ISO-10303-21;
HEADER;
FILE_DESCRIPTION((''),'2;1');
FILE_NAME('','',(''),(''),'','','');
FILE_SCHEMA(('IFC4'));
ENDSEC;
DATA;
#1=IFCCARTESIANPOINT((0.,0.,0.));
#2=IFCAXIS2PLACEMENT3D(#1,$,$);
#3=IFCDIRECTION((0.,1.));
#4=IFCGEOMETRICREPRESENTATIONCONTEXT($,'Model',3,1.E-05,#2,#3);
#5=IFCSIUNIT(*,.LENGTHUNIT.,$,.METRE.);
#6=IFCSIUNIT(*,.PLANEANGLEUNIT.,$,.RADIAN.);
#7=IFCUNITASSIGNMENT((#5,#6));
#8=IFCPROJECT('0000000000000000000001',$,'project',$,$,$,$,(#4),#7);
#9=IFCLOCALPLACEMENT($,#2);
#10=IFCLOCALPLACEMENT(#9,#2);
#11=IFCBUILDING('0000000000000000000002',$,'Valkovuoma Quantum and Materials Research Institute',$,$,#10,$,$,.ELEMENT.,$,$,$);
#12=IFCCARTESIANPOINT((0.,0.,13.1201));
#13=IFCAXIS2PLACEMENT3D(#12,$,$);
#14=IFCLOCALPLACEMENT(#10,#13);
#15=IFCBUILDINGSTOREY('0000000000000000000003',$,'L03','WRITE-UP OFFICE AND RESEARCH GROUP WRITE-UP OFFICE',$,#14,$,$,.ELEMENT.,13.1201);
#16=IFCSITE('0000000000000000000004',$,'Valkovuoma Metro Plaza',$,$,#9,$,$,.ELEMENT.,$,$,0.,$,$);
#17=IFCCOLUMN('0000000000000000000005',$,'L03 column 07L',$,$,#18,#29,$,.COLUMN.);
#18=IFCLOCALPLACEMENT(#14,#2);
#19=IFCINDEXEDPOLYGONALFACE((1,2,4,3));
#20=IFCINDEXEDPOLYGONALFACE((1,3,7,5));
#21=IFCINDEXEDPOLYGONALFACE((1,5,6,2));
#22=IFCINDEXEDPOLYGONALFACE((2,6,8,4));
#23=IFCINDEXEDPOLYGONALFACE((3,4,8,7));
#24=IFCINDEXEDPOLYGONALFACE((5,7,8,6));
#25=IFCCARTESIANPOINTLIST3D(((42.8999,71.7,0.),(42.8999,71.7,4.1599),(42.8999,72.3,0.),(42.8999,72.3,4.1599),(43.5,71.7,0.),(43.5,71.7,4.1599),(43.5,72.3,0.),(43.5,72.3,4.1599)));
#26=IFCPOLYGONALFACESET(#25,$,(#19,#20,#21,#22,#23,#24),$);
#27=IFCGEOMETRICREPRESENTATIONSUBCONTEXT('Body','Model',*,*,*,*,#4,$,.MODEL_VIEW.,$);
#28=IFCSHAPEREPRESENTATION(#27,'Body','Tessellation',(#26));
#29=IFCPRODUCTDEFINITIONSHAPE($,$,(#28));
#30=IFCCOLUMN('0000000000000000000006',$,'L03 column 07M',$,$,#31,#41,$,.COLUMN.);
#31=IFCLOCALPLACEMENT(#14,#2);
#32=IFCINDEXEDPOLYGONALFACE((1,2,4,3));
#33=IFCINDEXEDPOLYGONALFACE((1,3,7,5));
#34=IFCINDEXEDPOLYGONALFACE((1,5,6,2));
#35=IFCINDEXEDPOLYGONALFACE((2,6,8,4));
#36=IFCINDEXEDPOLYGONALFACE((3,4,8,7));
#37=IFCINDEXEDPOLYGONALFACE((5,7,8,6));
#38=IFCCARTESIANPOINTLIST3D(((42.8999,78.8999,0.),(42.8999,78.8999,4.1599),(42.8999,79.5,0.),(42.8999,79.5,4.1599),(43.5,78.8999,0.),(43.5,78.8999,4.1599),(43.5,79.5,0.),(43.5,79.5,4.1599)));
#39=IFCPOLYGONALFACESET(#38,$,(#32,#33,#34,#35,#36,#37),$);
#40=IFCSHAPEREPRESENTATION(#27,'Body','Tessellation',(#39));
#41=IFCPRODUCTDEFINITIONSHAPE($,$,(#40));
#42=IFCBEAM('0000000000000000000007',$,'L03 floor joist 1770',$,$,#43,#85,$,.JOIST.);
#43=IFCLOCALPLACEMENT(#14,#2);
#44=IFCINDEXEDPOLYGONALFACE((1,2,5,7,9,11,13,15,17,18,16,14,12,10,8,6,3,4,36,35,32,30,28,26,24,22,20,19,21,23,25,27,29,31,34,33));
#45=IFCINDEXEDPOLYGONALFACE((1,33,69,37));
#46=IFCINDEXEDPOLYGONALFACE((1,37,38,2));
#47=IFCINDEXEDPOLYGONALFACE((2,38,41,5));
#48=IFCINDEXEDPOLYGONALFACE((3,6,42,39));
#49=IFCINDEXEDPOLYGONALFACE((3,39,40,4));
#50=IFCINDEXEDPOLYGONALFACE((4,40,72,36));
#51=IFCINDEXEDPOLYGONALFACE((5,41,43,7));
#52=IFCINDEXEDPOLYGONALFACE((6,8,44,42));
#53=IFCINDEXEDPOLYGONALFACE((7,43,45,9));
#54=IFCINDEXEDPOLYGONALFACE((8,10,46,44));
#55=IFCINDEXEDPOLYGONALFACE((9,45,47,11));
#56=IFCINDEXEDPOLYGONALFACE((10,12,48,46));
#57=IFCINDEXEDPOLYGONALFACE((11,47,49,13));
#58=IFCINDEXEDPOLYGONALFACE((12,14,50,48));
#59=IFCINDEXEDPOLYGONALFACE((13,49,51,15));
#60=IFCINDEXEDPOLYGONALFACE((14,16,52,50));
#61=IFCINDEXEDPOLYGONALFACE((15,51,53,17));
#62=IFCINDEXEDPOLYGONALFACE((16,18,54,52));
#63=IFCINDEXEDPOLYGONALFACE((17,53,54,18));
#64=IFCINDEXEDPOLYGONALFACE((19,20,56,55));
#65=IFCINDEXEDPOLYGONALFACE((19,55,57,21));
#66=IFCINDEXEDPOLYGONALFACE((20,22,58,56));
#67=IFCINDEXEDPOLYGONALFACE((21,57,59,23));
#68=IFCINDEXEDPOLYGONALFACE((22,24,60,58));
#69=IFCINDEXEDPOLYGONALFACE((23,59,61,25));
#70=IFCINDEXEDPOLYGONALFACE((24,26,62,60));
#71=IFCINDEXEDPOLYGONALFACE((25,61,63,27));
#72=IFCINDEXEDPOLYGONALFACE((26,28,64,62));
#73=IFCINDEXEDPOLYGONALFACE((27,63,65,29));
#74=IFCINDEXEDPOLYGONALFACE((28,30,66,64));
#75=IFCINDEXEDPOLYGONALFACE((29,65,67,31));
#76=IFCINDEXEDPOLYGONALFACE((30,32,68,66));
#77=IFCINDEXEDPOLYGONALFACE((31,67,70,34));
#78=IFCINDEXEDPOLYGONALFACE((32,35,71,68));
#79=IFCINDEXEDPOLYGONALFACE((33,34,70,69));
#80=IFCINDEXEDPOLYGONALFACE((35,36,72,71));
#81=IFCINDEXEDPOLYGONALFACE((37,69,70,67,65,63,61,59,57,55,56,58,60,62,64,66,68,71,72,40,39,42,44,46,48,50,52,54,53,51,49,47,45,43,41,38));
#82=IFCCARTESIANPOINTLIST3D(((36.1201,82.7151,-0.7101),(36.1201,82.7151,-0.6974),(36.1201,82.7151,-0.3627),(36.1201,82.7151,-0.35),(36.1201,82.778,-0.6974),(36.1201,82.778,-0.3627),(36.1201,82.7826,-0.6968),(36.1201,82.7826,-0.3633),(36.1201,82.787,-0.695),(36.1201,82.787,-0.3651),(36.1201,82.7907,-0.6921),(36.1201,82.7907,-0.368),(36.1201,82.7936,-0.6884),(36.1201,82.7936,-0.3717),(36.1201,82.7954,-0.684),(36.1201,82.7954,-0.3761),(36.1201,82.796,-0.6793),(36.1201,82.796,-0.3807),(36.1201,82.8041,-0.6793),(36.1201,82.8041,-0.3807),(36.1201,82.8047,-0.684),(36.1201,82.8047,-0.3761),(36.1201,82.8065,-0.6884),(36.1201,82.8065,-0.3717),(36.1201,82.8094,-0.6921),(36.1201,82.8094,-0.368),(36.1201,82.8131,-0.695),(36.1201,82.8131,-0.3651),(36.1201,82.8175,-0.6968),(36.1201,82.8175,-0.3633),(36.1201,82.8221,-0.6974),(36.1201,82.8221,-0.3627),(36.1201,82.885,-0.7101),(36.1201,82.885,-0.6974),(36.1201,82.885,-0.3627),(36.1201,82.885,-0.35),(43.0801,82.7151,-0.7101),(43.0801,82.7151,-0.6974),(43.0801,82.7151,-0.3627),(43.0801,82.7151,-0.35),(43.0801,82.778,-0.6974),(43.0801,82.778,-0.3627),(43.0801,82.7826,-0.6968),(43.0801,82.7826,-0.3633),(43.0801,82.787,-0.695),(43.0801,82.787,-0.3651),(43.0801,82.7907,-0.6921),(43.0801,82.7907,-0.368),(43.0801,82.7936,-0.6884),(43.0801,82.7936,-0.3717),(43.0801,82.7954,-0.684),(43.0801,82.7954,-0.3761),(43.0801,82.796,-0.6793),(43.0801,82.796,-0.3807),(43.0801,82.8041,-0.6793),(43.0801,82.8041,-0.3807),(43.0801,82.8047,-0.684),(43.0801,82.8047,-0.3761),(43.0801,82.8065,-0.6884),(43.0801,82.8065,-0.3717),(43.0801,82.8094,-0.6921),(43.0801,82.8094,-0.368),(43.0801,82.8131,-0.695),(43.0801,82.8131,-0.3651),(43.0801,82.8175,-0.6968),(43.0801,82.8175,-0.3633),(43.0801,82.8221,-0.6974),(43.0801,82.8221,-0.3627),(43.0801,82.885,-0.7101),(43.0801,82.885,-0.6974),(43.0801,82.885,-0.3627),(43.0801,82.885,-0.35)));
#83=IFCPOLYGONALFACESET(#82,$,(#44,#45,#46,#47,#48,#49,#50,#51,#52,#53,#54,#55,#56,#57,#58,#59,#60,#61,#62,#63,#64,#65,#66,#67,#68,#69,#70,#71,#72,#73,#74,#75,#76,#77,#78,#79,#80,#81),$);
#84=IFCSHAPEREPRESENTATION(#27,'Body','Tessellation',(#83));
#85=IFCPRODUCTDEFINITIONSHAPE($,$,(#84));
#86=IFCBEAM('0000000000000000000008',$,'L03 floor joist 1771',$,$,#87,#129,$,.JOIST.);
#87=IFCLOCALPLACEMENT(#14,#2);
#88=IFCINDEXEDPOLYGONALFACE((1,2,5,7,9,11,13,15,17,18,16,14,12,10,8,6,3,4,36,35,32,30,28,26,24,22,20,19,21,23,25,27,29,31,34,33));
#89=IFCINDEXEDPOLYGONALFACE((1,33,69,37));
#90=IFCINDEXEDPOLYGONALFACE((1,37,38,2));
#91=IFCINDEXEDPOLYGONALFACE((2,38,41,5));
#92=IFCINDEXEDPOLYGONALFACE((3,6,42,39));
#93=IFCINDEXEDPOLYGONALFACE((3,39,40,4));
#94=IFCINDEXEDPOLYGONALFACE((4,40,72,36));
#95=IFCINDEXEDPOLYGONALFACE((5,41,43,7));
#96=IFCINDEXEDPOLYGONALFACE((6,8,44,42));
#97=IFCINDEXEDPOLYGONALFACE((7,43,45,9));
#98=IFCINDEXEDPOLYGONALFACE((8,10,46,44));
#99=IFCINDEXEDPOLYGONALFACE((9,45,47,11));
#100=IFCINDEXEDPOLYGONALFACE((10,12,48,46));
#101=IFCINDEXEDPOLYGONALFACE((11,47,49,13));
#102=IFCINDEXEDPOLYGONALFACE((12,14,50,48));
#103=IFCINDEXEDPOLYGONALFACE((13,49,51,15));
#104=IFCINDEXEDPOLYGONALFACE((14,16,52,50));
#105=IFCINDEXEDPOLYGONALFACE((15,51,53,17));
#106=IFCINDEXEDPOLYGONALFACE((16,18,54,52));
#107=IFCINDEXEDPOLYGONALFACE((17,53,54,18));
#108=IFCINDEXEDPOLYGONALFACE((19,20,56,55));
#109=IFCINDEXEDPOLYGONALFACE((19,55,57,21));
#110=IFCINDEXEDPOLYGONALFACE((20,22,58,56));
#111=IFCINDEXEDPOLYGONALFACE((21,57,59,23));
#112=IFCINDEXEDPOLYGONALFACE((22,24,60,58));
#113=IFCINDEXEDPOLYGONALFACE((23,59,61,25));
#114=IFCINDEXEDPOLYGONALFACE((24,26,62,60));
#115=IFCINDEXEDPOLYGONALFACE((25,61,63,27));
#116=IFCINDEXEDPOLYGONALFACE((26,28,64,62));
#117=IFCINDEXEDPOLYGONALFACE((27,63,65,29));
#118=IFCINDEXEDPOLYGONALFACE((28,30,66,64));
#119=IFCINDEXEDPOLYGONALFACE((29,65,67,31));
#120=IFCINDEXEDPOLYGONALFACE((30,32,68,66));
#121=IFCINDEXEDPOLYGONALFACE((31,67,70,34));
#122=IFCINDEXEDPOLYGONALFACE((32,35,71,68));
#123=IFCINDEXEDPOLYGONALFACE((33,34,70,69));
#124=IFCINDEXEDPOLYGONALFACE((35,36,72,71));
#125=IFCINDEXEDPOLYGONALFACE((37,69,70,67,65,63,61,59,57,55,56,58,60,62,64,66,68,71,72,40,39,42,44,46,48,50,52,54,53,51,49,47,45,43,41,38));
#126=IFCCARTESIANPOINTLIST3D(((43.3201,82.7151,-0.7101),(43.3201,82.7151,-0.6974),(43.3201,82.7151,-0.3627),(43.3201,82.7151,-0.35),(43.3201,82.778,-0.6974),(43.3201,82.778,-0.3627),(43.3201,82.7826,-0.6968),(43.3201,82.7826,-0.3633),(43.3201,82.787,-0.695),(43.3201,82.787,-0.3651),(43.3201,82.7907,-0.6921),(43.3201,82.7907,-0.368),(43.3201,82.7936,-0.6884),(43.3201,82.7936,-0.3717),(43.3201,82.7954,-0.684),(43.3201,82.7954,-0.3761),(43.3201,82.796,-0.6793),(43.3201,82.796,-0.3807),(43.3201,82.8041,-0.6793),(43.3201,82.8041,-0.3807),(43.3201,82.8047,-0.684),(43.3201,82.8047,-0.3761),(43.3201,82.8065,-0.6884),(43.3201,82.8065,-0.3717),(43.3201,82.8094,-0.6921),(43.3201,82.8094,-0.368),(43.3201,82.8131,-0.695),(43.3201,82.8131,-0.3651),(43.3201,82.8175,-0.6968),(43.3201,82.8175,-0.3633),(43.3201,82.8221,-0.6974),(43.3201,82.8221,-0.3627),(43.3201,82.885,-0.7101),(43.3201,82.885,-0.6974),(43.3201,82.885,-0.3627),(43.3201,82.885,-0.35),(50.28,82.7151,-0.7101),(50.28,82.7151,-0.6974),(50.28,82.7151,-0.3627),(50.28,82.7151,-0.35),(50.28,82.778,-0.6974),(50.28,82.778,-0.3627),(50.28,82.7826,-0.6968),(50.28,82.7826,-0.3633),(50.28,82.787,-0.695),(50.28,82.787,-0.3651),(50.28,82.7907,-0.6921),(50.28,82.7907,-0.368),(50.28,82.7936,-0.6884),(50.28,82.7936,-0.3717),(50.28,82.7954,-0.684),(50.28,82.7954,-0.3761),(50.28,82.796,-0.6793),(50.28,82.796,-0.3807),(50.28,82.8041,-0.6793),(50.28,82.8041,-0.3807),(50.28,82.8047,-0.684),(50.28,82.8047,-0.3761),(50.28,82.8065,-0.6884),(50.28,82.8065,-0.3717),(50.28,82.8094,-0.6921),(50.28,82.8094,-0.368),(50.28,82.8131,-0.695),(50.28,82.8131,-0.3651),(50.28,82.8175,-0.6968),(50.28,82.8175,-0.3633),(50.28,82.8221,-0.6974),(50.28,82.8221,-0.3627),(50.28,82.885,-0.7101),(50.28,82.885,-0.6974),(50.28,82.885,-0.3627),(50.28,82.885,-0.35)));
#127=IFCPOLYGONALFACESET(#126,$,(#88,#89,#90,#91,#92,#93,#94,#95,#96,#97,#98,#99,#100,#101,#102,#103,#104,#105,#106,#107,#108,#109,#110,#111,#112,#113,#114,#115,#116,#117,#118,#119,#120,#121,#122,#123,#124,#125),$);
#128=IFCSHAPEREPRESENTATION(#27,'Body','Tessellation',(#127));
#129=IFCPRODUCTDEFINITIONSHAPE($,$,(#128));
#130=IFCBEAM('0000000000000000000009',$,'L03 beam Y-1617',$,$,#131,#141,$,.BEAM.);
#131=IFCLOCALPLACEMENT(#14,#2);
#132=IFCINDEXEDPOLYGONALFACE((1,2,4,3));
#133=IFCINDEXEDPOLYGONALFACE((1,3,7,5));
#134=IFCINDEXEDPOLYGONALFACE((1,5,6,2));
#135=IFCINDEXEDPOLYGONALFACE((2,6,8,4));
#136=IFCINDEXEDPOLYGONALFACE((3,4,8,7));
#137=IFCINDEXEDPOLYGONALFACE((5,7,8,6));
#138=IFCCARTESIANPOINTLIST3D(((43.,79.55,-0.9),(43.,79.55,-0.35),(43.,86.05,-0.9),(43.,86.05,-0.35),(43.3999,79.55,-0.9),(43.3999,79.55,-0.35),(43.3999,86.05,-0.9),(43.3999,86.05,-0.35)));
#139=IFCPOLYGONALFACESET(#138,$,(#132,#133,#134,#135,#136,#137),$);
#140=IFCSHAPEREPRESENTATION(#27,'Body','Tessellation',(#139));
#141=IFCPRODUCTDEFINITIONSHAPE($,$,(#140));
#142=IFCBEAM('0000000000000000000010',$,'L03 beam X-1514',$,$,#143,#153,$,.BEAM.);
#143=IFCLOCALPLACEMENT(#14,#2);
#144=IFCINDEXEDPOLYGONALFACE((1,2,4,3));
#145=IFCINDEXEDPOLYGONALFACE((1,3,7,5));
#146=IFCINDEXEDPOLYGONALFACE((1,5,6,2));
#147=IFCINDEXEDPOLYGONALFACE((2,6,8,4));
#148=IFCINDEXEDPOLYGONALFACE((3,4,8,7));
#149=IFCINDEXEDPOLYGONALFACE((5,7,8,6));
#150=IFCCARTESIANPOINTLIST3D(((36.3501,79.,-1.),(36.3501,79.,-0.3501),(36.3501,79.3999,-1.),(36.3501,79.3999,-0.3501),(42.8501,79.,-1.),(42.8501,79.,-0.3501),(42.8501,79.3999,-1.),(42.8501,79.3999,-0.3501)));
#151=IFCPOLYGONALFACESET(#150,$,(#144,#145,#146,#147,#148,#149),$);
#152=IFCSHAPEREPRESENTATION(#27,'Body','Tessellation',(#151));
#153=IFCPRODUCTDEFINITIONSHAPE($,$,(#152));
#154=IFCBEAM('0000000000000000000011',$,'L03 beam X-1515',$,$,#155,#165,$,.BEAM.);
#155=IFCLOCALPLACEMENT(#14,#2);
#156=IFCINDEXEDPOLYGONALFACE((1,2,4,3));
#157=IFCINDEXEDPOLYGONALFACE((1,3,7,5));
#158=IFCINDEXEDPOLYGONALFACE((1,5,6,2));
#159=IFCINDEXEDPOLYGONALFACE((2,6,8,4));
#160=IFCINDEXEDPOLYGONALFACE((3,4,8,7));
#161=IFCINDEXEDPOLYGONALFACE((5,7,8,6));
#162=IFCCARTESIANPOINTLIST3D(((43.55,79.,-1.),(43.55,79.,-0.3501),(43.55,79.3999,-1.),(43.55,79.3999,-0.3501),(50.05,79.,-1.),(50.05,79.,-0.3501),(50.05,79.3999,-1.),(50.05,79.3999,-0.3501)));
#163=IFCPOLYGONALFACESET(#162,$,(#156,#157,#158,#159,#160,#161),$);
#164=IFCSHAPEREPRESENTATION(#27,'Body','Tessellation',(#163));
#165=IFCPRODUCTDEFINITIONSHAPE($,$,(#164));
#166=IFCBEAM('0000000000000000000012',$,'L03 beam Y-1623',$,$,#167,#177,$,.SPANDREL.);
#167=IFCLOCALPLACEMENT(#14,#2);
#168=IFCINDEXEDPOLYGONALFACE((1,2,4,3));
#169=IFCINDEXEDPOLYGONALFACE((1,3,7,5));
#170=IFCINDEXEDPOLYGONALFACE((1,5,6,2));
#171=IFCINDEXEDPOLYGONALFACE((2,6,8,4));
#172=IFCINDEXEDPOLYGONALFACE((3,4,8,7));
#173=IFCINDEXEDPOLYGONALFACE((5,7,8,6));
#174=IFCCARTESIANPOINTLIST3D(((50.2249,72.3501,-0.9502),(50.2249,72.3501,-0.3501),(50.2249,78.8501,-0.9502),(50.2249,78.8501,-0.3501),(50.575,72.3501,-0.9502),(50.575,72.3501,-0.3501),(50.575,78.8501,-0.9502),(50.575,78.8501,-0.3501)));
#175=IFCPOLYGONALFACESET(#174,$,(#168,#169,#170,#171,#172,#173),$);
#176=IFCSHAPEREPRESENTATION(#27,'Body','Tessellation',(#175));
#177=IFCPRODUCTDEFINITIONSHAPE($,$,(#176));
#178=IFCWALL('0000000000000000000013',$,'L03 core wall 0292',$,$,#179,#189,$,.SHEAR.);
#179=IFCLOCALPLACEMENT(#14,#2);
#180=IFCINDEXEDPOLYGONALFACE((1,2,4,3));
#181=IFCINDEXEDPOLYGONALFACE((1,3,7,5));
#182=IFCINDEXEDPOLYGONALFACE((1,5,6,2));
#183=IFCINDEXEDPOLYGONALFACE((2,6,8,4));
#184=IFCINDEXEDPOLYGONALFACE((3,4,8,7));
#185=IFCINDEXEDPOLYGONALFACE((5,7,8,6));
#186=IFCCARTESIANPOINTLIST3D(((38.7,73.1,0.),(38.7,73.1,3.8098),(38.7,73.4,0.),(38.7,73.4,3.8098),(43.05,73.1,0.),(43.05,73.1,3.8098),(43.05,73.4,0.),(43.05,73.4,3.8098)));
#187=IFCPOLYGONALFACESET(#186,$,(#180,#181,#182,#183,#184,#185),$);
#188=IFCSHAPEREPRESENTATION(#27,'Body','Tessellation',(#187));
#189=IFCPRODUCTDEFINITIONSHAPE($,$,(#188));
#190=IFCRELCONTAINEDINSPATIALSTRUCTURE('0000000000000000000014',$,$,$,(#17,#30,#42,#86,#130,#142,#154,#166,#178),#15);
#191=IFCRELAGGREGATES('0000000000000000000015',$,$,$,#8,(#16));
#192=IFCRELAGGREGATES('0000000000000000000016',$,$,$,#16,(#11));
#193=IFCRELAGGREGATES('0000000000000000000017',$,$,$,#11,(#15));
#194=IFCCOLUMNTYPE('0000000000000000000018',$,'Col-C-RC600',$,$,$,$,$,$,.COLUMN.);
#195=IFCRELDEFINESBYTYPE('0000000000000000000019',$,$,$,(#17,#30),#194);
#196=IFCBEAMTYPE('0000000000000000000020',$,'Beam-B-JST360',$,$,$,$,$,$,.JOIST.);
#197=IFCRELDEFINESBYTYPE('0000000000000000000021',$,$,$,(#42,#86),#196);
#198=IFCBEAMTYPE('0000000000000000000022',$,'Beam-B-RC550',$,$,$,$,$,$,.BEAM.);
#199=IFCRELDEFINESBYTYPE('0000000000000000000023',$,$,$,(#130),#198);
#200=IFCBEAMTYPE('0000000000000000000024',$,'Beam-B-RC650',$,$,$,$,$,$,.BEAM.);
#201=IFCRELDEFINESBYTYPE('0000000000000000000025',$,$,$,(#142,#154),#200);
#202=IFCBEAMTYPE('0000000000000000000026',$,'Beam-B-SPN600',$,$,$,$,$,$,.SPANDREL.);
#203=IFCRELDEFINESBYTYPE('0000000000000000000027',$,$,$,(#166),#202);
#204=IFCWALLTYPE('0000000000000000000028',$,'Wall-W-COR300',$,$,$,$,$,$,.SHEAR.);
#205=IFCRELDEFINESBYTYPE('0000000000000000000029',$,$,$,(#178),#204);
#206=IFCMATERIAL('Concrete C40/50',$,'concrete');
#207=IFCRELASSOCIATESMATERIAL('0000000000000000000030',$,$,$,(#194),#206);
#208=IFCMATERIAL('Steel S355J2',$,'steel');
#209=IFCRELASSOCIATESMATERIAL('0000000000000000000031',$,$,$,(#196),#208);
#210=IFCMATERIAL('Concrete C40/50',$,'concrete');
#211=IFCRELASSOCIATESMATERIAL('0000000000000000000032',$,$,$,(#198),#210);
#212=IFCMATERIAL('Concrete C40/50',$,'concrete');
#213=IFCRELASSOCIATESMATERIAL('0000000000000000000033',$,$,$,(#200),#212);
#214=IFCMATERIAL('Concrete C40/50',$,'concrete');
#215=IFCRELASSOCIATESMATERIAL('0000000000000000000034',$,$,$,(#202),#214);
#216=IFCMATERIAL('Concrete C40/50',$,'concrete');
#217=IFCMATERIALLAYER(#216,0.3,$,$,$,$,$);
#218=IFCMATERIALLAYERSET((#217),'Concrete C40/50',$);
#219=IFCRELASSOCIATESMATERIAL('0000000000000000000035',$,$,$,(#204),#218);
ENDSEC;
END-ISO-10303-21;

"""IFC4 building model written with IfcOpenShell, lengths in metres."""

from ifc_helpers import new_model, si_unit, direction, frame, frame_2d, origin, origin_2d, place, context, subcontext, project, spatial, rectangle, i_section, extrude, material, layer, layer_set, material_profile, profile_set, type_object, element, save


model = new_model("IFC4")

# Units and contexts
model_context = context("Model", 3, precision=1e-05, world=origin(), true_north=direction((0.0, 1.0)))
body_context = subcontext(model_context, "Body", "Model", "MODEL_VIEW")
ifc_project = project(units=[si_unit("LENGTHUNIT", "METRE"), si_unit("PLANEANGLEUNIT", "RADIAN")], contexts=[model_context])

# Site, building, storey
site_placement = place(None, origin())
site = spatial("IfcSite", under=ifc_project, at=site_placement, Name="Valkovuoma Metro Plaza", CompositionType="ELEMENT", RefElevation=0.0)
building_placement = place(site_placement, origin())
building = spatial("IfcBuilding", under=site, at=building_placement, Name="Valkovuoma Quantum and Materials Research Institute", CompositionType="ELEMENT")
storey_placement = place(building_placement, frame((0.0, 0.0, 13.1201)))
storey = spatial("IfcBuildingStorey", under=building, at=storey_placement, Name="L03", Description="WRITE-UP OFFICE AND RESEARCH GROUP WRITE-UP OFFICE", CompositionType="ELEMENT", Elevation=13.1201)

# Columns
ifc_material_1 = material(Name="Concrete C40/50", Category="concrete")
ifc_material_profile_1 = material_profile(ifc_material_1, rectangle(XDim=0.6001, YDim=0.6001, at=origin_2d()), Name="Concrete C40/50")
ifc_profile_set_1 = profile_set([ifc_material_profile_1], Name="Concrete C40/50")
column_type = type_object("IfcColumnType", Name="Col-C-RC600", PredefinedType="COLUMN", material=ifc_profile_set_1)
for number, where, z_axis, x_axis, name in (
    (1, (43.2, 72.0, 0.0), (0.0, 0.0, 1.0), (1.0, 0.0, 0.0), "L03 column 07L"),
    (2, (43.2, 79.2, 0.0), (0.0, 0.0, 1.0), (1.0, 0.0, 0.0), "L03 column 07M"),
):
    element("IfcColumn", number, at=place(storey_placement, frame(where, z_axis=z_axis, x_axis=x_axis)), inside=storey, type_object=column_type, Name=name, PredefinedType="COLUMN", context=body_context, shape_type="SweptSolid", body=[
        extrude(rectangle(XDim=0.6001, YDim=0.6001, at=origin_2d()), origin(), (0.0, 0.0, 1.0), 4.1599),
    ])

# Beams
ifc_material_2 = material(Name="Steel S355J2", Category="steel")
ifc_material_profile_2 = material_profile(ifc_material_2, i_section(OverallWidth=0.1699, OverallDepth=0.3601, WebThickness=0.0081, FlangeThickness=0.0127, FilletRadius=0.0181, at=origin_2d()), Name="Steel S355J2")
ifc_profile_set_2 = profile_set([ifc_material_profile_2], Name="Steel S355J2")
beam_type_1 = type_object("IfcBeamType", Name="Beam-B-JST360", PredefinedType="JOIST", material=ifc_profile_set_2)
for number, where, z_axis, x_axis, name in (
    (3, (36.1201, 82.8, -0.53), (1.0, 0.0, 0.0), (0.0, 1.0, 0.0), "L03 floor joist 1770"),
    (4, (43.3201, 82.8, -0.53), (1.0, 0.0, 0.0), (0.0, 1.0, 0.0), "L03 floor joist 1771"),
):
    element("IfcBeam", number, at=place(storey_placement, frame(where, z_axis=z_axis, x_axis=x_axis)), inside=storey, type_object=beam_type_1, Name=name, PredefinedType="JOIST", context=body_context, shape_type="SweptSolid", body=[
        extrude(i_section(OverallWidth=0.1699, OverallDepth=0.3601, WebThickness=0.0081, FlangeThickness=0.0127, FilletRadius=0.0181, at=origin_2d()), origin(), (0.0, 0.0, 1.0), 6.96),
    ])
ifc_material_3 = material(Name="Concrete C40/50", Category="concrete")
ifc_material_profile_3 = material_profile(ifc_material_3, rectangle(XDim=0.3999, YDim=0.55, at=origin_2d()), Name="Concrete C40/50")
ifc_profile_set_3 = profile_set([ifc_material_profile_3], Name="Concrete C40/50")
beam_type_2 = type_object("IfcBeamType", Name="Beam-B-RC550", PredefinedType="BEAM", material=ifc_profile_set_3)
beam_1_placement = place(storey_placement, frame((43.2, 79.55, -0.625), z_axis=(0.0, 1.0, 0.0), x_axis=(-1.0, 0.0, 0.0)))
element("IfcBeam", 5, at=beam_1_placement, inside=storey, type_object=beam_type_2, Name="L03 beam Y-1617", PredefinedType="BEAM", context=body_context, shape_type="SweptSolid", body=[
    extrude(rectangle(XDim=0.3999, YDim=0.55, at=origin_2d()), origin(), (0.0, 0.0, 1.0), 6.5),
])
ifc_material_4 = material(Name="Concrete C40/50", Category="concrete")
ifc_material_profile_4 = material_profile(ifc_material_4, rectangle(XDim=0.3999, YDim=0.6499, at=origin_2d()), Name="Concrete C40/50")
ifc_profile_set_4 = profile_set([ifc_material_profile_4], Name="Concrete C40/50")
beam_type_3 = type_object("IfcBeamType", Name="Beam-B-RC650", PredefinedType="BEAM", material=ifc_profile_set_4)
for number, where, z_axis, x_axis, name in (
    (6, (36.3501, 79.2, -0.675), (1.0, 0.0, 0.0), (0.0, 1.0, 0.0), "L03 beam X-1514"),
    (7, (43.55, 79.2, -0.675), (1.0, 0.0, 0.0), (0.0, 1.0, 0.0), "L03 beam X-1515"),
):
    element("IfcBeam", number, at=place(storey_placement, frame(where, z_axis=z_axis, x_axis=x_axis)), inside=storey, type_object=beam_type_3, Name=name, PredefinedType="BEAM", context=body_context, shape_type="SweptSolid", body=[
        extrude(rectangle(XDim=0.3999, YDim=0.6499, at=origin_2d()), origin(), (0.0, 0.0, 1.0), 6.5),
    ])
ifc_material_5 = material(Name="Concrete C40/50", Category="concrete")
ifc_material_profile_5 = material_profile(ifc_material_5, rectangle(XDim=0.3501, YDim=0.6001, at=origin_2d()), Name="Concrete C40/50")
ifc_profile_set_5 = profile_set([ifc_material_profile_5], Name="Concrete C40/50")
beam_type_4 = type_object("IfcBeamType", Name="Beam-B-SPN600", PredefinedType="SPANDREL", material=ifc_profile_set_5)
beam_2_placement = place(storey_placement, frame((50.3999, 72.3501, -0.6501), z_axis=(0.0, 1.0, 0.0), x_axis=(-1.0, 0.0, 0.0)))
element("IfcBeam", 8, at=beam_2_placement, inside=storey, type_object=beam_type_4, Name="L03 beam Y-1623", PredefinedType="SPANDREL", context=body_context, shape_type="SweptSolid", body=[
    extrude(rectangle(XDim=0.3501, YDim=0.6001, at=origin_2d()), origin(), (0.0, 0.0, 1.0), 6.5),
])

# Wall
ifc_material_6 = material(Name="Concrete C40/50", Category="concrete")
ifc_layer_1 = layer(ifc_material_6, 0.3)
ifc_layer_set_1 = layer_set([ifc_layer_1], Name="Concrete C40/50")
wall_type_1 = type_object("IfcWallType", Name="Wall-W-COR300", PredefinedType="SHEAR", material=ifc_layer_set_1)
wall_1_placement = place(storey_placement, frame((38.7, 73.25, 0.0), z_axis=(0.0, 0.0, 1.0), x_axis=(1.0, 0.0, 0.0)))
element("IfcWall", 9, at=wall_1_placement, inside=storey, type_object=wall_type_1, Name="L03 core wall 0292", PredefinedType="SHEAR", context=body_context, shape_type="SweptSolid", body=[
    extrude(rectangle(XDim=4.3501, YDim=0.3, at=frame_2d((2.175, 0.0))), origin(), (0.0, 0.0, 1.0), 3.8098),
])

save(model, "model.ifc")
